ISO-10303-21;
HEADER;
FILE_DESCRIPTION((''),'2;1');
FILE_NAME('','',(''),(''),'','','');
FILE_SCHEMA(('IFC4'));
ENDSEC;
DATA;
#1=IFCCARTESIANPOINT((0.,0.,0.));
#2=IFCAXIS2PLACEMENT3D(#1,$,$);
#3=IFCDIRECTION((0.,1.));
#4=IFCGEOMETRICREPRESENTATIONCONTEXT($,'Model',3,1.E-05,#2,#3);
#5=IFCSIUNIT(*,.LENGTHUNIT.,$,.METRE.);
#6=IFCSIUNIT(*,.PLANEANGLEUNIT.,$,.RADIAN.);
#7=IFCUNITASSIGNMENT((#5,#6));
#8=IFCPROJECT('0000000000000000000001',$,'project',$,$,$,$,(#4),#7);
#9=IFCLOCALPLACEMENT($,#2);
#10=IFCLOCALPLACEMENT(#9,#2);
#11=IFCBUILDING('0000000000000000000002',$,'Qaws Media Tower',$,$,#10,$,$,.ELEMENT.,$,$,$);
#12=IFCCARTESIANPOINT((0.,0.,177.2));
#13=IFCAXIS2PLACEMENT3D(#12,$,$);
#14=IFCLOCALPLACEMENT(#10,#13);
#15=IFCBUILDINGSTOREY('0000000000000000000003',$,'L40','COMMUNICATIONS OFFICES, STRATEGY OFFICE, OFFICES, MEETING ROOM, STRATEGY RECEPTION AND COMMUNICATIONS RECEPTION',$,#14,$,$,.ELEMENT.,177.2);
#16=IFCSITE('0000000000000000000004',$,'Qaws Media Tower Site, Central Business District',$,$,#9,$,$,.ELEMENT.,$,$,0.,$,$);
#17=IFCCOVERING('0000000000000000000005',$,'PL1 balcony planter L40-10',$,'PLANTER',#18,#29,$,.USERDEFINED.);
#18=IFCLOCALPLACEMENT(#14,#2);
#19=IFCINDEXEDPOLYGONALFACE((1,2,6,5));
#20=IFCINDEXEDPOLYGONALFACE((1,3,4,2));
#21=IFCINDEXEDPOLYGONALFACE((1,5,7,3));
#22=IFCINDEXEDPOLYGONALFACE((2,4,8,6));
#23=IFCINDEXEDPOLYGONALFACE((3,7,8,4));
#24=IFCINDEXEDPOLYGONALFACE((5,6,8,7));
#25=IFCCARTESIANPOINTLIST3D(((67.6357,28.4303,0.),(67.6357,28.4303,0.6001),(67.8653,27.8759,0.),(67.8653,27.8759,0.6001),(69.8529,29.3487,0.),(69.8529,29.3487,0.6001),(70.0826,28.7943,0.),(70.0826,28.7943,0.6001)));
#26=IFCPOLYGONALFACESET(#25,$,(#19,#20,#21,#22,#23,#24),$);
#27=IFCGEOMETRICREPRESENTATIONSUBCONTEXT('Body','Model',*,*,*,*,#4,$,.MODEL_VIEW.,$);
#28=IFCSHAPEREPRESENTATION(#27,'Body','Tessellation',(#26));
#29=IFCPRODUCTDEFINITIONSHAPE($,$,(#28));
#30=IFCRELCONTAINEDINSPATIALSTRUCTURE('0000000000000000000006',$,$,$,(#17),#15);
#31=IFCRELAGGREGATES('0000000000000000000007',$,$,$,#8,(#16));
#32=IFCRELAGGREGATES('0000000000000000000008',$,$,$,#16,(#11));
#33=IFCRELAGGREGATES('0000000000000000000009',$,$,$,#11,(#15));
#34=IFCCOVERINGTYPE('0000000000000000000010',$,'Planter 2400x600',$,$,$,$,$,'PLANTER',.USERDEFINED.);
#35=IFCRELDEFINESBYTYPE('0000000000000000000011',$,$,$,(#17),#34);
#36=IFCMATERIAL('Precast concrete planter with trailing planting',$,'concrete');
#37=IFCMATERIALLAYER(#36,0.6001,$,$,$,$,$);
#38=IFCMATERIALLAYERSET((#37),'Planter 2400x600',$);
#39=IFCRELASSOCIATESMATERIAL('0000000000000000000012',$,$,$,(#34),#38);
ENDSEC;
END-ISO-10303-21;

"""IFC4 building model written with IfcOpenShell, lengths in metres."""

from ifc_helpers import new_model, si_unit, direction, frame, origin, origin_2d, place, context, subcontext, project, spatial, rectangle, extrude, material, layer, layer_set, type_object, element, save


model = new_model("IFC4")

# Units and contexts
model_context = context("Model", 3, precision=1e-05, world=origin(), true_north=direction((0.0, 1.0)))
body_context = subcontext(model_context, "Body", "Model", "MODEL_VIEW")
ifc_project = project(units=[si_unit("LENGTHUNIT", "METRE"), si_unit("PLANEANGLEUNIT", "RADIAN")], contexts=[model_context])

# Site, building, storey
site_placement = place(None, origin())
site = spatial("IfcSite", under=ifc_project, at=site_placement, Name="Qaws Media Tower Site, Central Business District", CompositionType="ELEMENT", RefElevation=0.0)
building_placement = place(site_placement, origin())
building = spatial("IfcBuilding", under=site, at=building_placement, Name="Qaws Media Tower", CompositionType="ELEMENT")
storey_placement = place(building_placement, frame((0.0, 0.0, 177.2)))
storey = spatial("IfcBuildingStorey", under=building, at=storey_placement, Name="L40", Description="COMMUNICATIONS OFFICES, STRATEGY OFFICE, OFFICES, MEETING ROOM, STRATEGY RECEPTION AND COMMUNICATIONS RECEPTION", CompositionType="ELEMENT", Elevation=177.2)

# Covering
ifc_material_1 = material(Name="Precast concrete planter with trailing planting", Category="concrete")
ifc_layer_1 = layer(ifc_material_1, 0.6001)
ifc_layer_set_1 = layer_set([ifc_layer_1], Name="Planter 2400x600")
covering_type = type_object("IfcCoveringType", Name="Planter 2400x600", ElementType="PLANTER", PredefinedType="USERDEFINED", material=ifc_layer_set_1)
for number, where, z_axis, x_axis, name in (
    (1, (68.8591, 28.6123, 0.0), (0.0, 0.0, 1.0), (0.92388, 0.382683, 0.0), "PL1 balcony planter L40-10"),
):
    element("IfcCovering", number, at=place(storey_placement, frame(where, z_axis=z_axis, x_axis=x_axis)), inside=storey, type_object=covering_type, Name=name, ObjectType="PLANTER", PredefinedType="USERDEFINED", context=body_context, shape_type="SweptSolid", body=[
        extrude(rectangle(XDim=2.3999, YDim=0.6001, at=origin_2d()), origin(), (0.0, 0.0, 1.0), 0.6001),
    ])

save(model, "model.ifc")
